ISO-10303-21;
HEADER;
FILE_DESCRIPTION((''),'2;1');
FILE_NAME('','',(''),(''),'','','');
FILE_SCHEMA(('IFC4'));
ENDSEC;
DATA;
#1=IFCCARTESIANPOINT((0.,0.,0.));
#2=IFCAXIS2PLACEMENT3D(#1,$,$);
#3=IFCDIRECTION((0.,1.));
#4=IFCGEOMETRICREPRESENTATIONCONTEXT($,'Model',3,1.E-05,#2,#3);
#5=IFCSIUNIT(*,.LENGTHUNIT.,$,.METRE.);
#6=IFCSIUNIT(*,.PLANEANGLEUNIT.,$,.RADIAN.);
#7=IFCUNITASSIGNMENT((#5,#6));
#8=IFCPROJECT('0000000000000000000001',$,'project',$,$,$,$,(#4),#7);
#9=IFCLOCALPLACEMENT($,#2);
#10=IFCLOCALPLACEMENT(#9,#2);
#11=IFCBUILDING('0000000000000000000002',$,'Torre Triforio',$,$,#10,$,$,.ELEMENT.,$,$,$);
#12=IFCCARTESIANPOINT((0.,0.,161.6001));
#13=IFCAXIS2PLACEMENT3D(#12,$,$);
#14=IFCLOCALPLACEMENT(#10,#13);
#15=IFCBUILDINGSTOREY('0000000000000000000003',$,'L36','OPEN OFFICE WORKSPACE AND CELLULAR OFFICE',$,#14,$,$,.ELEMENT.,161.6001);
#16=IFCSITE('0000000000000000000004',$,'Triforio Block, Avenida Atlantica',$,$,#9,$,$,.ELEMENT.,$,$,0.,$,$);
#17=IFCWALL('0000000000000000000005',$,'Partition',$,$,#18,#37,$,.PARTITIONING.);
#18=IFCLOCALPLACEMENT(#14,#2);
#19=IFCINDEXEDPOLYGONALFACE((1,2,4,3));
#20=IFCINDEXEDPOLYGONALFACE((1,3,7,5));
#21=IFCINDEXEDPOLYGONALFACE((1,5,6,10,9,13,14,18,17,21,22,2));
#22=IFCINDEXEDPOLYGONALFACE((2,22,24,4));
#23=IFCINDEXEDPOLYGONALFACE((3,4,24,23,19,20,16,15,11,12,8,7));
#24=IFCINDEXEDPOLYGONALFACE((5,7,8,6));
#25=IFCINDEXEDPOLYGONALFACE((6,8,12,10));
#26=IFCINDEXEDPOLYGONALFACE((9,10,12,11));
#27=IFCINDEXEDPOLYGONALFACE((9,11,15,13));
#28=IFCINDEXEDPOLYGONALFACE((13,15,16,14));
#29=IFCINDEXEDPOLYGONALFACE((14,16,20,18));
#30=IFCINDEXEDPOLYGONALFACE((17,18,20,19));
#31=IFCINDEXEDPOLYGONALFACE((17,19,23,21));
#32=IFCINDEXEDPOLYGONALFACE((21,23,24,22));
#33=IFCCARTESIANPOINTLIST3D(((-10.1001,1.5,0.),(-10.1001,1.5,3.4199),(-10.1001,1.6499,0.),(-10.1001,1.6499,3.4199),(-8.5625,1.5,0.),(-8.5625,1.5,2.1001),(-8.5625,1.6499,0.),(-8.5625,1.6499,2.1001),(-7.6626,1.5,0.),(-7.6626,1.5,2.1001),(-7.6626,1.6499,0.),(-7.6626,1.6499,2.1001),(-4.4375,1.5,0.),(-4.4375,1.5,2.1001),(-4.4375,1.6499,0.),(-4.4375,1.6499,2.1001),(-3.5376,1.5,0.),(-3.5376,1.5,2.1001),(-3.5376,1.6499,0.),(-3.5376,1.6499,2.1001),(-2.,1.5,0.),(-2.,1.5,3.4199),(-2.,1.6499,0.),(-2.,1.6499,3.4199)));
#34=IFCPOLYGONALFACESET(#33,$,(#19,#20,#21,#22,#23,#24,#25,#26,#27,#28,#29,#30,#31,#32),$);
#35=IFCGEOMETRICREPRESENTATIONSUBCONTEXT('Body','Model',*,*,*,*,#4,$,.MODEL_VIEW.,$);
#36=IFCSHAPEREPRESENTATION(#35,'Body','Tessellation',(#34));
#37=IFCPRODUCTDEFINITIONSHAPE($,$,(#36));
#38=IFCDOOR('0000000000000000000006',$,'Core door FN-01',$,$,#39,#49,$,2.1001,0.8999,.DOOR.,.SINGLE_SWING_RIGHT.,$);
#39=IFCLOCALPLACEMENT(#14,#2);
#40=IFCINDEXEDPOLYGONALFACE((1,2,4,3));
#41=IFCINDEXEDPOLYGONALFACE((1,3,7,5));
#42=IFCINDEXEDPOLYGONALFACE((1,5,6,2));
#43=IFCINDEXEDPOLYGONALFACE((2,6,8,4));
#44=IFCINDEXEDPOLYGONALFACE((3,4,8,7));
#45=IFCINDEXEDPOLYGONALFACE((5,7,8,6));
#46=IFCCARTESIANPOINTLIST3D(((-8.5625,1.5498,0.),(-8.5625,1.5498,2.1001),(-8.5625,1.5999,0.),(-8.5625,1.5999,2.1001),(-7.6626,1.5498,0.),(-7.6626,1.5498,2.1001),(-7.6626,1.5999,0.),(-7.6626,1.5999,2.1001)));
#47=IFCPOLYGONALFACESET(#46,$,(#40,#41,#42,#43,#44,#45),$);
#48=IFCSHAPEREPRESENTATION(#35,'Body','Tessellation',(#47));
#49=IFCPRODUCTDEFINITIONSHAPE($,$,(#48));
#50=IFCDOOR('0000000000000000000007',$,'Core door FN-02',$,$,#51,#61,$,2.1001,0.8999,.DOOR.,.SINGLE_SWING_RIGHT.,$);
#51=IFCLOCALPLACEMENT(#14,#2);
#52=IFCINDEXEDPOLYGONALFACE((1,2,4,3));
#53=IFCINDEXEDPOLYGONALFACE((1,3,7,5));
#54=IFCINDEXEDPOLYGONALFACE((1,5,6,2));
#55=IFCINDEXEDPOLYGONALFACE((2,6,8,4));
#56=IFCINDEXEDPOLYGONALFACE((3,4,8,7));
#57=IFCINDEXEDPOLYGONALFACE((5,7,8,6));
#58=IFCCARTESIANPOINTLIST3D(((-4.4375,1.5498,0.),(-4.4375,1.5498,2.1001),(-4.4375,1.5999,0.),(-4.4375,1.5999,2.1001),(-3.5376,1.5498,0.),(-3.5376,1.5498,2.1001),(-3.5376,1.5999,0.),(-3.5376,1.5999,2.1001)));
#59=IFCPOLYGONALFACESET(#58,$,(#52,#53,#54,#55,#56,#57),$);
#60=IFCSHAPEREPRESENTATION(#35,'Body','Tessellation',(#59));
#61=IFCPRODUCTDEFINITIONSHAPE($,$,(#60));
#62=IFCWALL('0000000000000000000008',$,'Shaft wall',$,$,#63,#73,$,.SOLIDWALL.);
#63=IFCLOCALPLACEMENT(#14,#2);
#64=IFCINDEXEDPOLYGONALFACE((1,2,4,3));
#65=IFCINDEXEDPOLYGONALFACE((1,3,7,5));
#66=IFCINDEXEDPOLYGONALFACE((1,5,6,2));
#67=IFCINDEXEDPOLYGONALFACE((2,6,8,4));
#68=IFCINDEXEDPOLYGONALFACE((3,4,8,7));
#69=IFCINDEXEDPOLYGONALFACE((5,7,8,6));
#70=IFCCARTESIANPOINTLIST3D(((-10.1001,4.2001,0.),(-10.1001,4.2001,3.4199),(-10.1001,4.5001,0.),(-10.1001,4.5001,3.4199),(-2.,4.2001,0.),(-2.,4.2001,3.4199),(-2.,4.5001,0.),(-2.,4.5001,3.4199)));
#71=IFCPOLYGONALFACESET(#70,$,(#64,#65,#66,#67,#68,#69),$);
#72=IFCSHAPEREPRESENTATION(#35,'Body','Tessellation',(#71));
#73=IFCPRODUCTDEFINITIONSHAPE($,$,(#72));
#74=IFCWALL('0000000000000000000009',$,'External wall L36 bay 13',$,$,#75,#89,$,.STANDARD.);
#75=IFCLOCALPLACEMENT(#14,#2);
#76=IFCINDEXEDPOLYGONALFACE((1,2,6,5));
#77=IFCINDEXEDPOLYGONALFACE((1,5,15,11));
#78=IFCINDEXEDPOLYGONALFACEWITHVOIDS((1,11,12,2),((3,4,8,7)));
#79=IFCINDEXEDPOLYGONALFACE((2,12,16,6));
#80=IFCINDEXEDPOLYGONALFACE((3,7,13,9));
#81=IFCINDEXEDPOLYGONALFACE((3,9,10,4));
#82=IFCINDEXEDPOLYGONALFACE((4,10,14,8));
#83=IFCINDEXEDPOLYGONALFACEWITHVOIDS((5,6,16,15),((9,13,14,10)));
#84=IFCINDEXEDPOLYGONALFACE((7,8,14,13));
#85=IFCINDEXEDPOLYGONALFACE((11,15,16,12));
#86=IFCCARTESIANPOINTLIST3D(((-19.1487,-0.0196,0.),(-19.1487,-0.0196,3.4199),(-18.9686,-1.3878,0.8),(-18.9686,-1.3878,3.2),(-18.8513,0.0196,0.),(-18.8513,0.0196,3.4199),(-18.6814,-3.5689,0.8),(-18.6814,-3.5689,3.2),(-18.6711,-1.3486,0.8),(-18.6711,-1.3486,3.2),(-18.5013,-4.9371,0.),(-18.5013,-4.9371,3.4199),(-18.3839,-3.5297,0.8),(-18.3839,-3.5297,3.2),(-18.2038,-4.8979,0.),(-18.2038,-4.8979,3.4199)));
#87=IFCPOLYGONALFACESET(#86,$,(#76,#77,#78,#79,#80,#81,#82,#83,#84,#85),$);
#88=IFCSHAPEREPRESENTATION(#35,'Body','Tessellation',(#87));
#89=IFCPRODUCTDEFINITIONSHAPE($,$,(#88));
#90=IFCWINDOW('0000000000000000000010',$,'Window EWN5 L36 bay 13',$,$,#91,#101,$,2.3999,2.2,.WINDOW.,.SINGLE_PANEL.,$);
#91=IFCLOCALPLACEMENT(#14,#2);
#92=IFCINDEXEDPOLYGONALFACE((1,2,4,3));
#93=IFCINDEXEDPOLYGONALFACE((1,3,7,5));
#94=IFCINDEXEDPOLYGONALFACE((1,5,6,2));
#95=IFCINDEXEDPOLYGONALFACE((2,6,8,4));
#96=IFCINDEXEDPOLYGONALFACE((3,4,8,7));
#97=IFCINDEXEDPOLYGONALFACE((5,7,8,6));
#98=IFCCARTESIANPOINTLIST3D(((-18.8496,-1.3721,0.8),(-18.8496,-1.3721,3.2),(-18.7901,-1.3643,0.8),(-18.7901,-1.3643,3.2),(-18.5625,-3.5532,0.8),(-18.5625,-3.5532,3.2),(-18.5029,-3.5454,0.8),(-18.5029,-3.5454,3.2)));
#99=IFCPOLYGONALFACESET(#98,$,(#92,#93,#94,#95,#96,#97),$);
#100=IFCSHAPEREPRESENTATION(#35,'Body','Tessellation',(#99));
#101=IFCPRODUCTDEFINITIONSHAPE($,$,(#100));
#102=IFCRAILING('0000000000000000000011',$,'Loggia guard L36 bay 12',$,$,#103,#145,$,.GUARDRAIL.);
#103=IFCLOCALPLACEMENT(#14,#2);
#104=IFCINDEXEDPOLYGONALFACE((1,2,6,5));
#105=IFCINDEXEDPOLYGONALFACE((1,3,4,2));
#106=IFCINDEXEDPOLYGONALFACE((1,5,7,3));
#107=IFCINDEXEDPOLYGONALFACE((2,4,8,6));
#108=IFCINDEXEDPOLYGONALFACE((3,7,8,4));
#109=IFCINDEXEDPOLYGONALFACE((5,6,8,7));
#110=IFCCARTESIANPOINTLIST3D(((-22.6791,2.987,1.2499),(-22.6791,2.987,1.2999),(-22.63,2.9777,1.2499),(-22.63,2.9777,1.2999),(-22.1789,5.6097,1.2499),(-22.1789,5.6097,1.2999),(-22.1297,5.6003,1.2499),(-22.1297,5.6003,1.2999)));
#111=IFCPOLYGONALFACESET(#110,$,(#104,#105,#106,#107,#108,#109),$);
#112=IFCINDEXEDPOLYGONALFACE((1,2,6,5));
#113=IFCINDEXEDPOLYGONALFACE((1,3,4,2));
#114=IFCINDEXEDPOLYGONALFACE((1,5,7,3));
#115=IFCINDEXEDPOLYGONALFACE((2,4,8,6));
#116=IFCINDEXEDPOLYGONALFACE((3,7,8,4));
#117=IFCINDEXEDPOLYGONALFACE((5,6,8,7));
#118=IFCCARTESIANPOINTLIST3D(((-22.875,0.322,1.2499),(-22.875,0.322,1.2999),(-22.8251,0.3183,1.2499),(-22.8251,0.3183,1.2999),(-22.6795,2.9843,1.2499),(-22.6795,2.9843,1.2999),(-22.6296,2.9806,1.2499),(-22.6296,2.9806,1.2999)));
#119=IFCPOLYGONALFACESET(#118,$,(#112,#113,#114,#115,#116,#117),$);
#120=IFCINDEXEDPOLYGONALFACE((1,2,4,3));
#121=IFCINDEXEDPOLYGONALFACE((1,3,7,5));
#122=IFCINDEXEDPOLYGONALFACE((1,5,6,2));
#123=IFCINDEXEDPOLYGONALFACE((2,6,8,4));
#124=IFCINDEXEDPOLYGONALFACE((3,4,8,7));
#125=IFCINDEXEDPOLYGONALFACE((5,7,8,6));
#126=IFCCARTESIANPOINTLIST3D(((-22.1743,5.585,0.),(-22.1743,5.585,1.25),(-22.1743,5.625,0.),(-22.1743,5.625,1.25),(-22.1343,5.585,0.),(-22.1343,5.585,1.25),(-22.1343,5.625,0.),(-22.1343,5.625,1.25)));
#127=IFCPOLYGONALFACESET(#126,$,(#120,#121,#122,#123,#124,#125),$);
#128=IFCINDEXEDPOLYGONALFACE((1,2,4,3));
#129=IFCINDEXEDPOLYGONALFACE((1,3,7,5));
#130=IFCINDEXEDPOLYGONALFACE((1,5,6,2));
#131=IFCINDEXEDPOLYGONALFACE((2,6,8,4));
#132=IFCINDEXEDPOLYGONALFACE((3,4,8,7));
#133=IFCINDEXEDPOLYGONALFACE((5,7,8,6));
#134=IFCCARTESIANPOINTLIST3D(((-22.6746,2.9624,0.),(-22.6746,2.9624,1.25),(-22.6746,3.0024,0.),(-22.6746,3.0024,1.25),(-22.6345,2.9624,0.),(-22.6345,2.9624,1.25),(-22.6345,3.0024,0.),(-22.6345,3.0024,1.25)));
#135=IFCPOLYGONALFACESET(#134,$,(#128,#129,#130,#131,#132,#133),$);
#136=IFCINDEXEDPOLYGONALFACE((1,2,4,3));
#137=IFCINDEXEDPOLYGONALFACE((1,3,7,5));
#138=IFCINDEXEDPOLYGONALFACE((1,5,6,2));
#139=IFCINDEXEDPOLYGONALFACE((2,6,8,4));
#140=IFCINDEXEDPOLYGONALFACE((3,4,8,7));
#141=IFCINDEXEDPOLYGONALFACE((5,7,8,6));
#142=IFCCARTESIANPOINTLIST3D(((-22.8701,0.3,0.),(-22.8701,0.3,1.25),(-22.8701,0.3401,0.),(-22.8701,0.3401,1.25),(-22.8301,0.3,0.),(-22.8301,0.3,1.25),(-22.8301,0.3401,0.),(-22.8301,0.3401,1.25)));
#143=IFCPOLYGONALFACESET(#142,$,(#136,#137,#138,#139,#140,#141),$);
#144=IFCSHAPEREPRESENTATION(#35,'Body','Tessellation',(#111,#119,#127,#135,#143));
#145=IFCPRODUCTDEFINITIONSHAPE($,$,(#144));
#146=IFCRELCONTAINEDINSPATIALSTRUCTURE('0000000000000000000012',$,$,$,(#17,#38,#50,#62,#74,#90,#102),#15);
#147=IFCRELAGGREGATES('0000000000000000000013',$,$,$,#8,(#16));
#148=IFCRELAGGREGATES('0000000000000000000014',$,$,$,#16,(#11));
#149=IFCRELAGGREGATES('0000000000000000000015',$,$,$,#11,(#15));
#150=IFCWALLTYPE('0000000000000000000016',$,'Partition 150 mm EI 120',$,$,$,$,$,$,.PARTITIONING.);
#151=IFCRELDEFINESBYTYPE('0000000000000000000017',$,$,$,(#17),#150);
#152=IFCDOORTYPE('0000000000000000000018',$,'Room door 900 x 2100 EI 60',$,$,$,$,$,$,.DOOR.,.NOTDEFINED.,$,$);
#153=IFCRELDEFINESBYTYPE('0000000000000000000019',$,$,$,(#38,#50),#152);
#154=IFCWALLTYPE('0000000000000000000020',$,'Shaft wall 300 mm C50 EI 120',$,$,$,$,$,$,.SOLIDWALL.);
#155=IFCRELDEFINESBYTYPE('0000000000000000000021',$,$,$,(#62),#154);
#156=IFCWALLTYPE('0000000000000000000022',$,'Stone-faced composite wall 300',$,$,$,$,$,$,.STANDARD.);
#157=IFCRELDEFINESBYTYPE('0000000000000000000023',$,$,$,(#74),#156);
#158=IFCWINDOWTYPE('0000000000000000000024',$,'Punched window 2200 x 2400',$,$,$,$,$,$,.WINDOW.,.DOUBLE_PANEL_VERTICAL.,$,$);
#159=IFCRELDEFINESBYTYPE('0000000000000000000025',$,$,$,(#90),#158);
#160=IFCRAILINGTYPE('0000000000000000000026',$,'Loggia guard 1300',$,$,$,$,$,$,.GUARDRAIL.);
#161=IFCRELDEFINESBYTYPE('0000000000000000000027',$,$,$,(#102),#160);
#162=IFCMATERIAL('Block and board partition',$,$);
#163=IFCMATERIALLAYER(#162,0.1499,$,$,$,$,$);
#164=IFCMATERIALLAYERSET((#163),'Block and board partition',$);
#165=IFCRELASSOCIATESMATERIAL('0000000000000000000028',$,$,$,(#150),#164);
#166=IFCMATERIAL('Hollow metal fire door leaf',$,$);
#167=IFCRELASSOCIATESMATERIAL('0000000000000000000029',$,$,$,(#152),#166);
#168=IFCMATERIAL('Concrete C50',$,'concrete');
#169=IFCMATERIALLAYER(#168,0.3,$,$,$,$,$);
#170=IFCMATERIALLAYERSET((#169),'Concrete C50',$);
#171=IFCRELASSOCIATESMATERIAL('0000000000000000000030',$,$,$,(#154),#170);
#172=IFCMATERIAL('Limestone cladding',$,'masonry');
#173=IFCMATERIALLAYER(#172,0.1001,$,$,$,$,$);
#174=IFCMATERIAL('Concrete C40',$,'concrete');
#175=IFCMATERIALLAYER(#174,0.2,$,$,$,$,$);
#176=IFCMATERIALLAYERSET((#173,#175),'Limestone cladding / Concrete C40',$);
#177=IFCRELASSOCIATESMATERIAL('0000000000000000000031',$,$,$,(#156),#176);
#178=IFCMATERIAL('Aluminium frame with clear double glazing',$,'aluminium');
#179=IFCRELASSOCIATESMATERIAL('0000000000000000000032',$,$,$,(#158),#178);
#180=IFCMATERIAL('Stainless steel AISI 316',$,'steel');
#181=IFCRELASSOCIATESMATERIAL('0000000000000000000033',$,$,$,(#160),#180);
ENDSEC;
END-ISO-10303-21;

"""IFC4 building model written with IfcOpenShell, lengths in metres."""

from ifc_helpers import new_model, si_unit, direction, frame, frame_2d, origin, origin_2d, place, context, subcontext, project, spatial, rectangle, extrude, material, layer, layer_set, type_object, element, fill, save


model = new_model("IFC4")

# Units and contexts
model_context = context("Model", 3, precision=1e-05, world=origin(), true_north=direction((0.0, 1.0)))
body_context = subcontext(model_context, "Body", "Model", "MODEL_VIEW")
ifc_project = project(units=[si_unit("LENGTHUNIT", "METRE"), si_unit("PLANEANGLEUNIT", "RADIAN")], contexts=[model_context])

# Site, building, storey
site_placement = place(None, origin())
site = spatial("IfcSite", under=ifc_project, at=site_placement, Name="Triforio Block, Avenida Atlantica", CompositionType="ELEMENT", RefElevation=0.0)
building_placement = place(site_placement, origin())
building = spatial("IfcBuilding", under=site, at=building_placement, Name="Torre Triforio", CompositionType="ELEMENT")
storey_placement = place(building_placement, frame((0.0, 0.0, 161.6001)))
storey = spatial("IfcBuildingStorey", under=building, at=storey_placement, Name="L36", Description="OPEN OFFICE WORKSPACE AND CELLULAR OFFICE", CompositionType="ELEMENT", Elevation=161.6001)

# Shared definitions
ifc_material_1 = material(Name="Concrete C50", Category="concrete")

# Shared definitions
ifc_material_2 = material(Name="Concrete C40", Category="concrete")

# Shared definitions
ifc_material_3 = material(Name="Hollow metal fire door leaf")

# Wall, openings, doors
ifc_material_4 = material(Name="Block and board partition")
ifc_layer_1 = layer(ifc_material_4, 0.1499)
ifc_layer_set_1 = layer_set([ifc_layer_1], Name="Block and board partition")
wall_type_1 = type_object("IfcWallType", Name="Partition 150 mm EI 120", PredefinedType="PARTITIONING", material=ifc_layer_set_1)
wall_1_placement = place(storey_placement, frame((-10.1001, 1.575, 0.0), z_axis=(0.0, 0.0, 1.0), x_axis=(1.0, 0.0, 0.0)))
wall_1 = element("IfcWall", 1, at=wall_1_placement, inside=storey, type_object=wall_type_1, Name="Partition", PredefinedType="PARTITIONING", context=body_context, shape_type="SweptSolid", body=[
    extrude(rectangle(XDim=8.1001, YDim=0.1499, at=frame_2d((4.05, 0.0))), origin(), (0.0, 0.0, 1.0), 3.4199),
])
opening_1_placement = place(wall_1_placement, frame((1.5376, 0.0, 0.0)))
opening_1 = element("IfcOpeningElement", 2, at=opening_1_placement, cuts=wall_1, PredefinedType="OPENING", context=body_context, shape_type="SweptSolid", body=[
    extrude(rectangle(XDim=0.8999, YDim=2.1001, at=frame_2d((0.45, 1.05))), frame((0.0, 0.085, 0.0), z_axis=(0.0, -1.0, 0.0), x_axis=(1.0, 0.0, 0.0)), (0.0, 0.0, 1.0), 0.1699),
])
opening_2_placement = place(wall_1_placement, frame((5.6626, 0.0, 0.0)))
opening_2 = element("IfcOpeningElement", 3, at=opening_2_placement, cuts=wall_1, PredefinedType="OPENING", context=body_context, shape_type="SweptSolid", body=[
    extrude(rectangle(XDim=0.8999, YDim=2.1001, at=frame_2d((0.45, 1.05))), frame((0.0, 0.085, 0.0), z_axis=(0.0, -1.0, 0.0), x_axis=(1.0, 0.0, 0.0)), (0.0, 0.0, 1.0), 0.1699),
])
door_type_1 = type_object("IfcDoorType", Name="Room door 900 x 2100 EI 60", OperationType="NOTDEFINED", PredefinedType="DOOR", material=ifc_material_3)
door_1_placement = place(opening_1_placement, origin())
door_1 = element("IfcDoor", 4, at=door_1_placement, inside=storey, type_object=door_type_1, Name="Core door FN-01", OperationType="SINGLE_SWING_RIGHT", OverallHeight=2.1001, OverallWidth=0.8999, PredefinedType="DOOR", context=body_context, shape_type="SweptSolid", body=[
    extrude(rectangle(XDim=0.8999, YDim=2.1001, at=frame_2d((0.45, 1.05))), frame((0.0, 0.0249, 0.0), z_axis=(0.0, -1.0, 0.0), x_axis=(1.0, 0.0, 0.0)), (0.0, 0.0, 1.0), 0.05),
])
fill(opening_1, door_1)
door_2_placement = place(opening_2_placement, origin())
door_2 = element("IfcDoor", 5, at=door_2_placement, inside=storey, type_object=door_type_1, Name="Core door FN-02", OperationType="SINGLE_SWING_RIGHT", OverallHeight=2.1001, OverallWidth=0.8999, PredefinedType="DOOR", context=body_context, shape_type="SweptSolid", body=[
    extrude(rectangle(XDim=0.8999, YDim=2.1001, at=frame_2d((0.45, 1.05))), frame((0.0, 0.0249, 0.0), z_axis=(0.0, -1.0, 0.0), x_axis=(1.0, 0.0, 0.0)), (0.0, 0.0, 1.0), 0.05),
])
fill(opening_2, door_2)

# Wall
ifc_layer_2 = layer(ifc_material_1, 0.3)
ifc_layer_set_2 = layer_set([ifc_layer_2], Name="Concrete C50")
wall_type_2 = type_object("IfcWallType", Name="Shaft wall 300 mm C50 EI 120", PredefinedType="SOLIDWALL", material=ifc_layer_set_2)
wall_2_placement = place(storey_placement, frame((-10.1001, 4.3501, 0.0), z_axis=(0.0, 0.0, 1.0), x_axis=(1.0, 0.0, 0.0)))
element("IfcWall", 6, at=wall_2_placement, inside=storey, type_object=wall_type_2, Name="Shaft wall", PredefinedType="SOLIDWALL", context=body_context, shape_type="SweptSolid", body=[
    extrude(rectangle(XDim=8.1001, YDim=0.3, at=frame_2d((4.05, 0.0))), origin(), (0.0, 0.0, 1.0), 3.4199),
])

# Shared definitions
ifc_material_5 = material(Name="Limestone cladding", Category="masonry")
ifc_layer_3 = layer(ifc_material_5, 0.1001)
ifc_layer_4 = layer(ifc_material_2, 0.2)
ifc_layer_set_3 = layer_set([ifc_layer_3, ifc_layer_4], Name="Limestone cladding / Concrete C40")
wall_type_3 = type_object("IfcWallType", Name="Stone-faced composite wall 300", PredefinedType="STANDARD", material=ifc_layer_set_3)
ifc_material_6 = material(Name="Aluminium frame with clear double glazing", Category="aluminium")

# Wall, opening, window
wall_3_placement = place(storey_placement, frame((-19.0, 0.0, 0.0), z_axis=(0.0, 0.0, 1.0), x_axis=(0.130539, -0.991443, 0.0)))
wall_3 = element("IfcWall", 7, at=wall_3_placement, inside=storey, type_object=wall_type_3, Name="External wall L36 bay 13", PredefinedType="STANDARD", context=body_context, shape_type="SweptSolid", body=[
    extrude(rectangle(XDim=4.96, YDim=0.3, at=frame_2d((2.48, 0.0))), origin(), (0.0, 0.0, 1.0), 3.4199),
])
opening_3_placement = place(wall_3_placement, frame((1.3799, 0.0, 0.8)))
opening_3 = element("IfcOpeningElement", 8, at=opening_3_placement, cuts=wall_3, PredefinedType="OPENING", context=body_context, shape_type="SweptSolid", body=[
    extrude(rectangle(XDim=2.2, YDim=2.3999, at=frame_2d((1.1001, 1.2))), frame((0.0, 0.1599, 0.0), z_axis=(0.0, -1.0, 0.0), x_axis=(1.0, 0.0, 0.0)), (0.0, 0.0, 1.0), 0.3201),
])
window_type_1 = type_object("IfcWindowType", Name="Punched window 2200 x 2400", PartitioningType="DOUBLE_PANEL_VERTICAL", PredefinedType="WINDOW", material=ifc_material_6)
window_1_placement = place(opening_3_placement, origin())
window_1 = element("IfcWindow", 9, at=window_1_placement, inside=storey, type_object=window_type_1, Name="Window EWN5 L36 bay 13", OverallHeight=2.3999, OverallWidth=2.2, PartitioningType="SINGLE_PANEL", PredefinedType="WINDOW", context=body_context, shape_type="SweptSolid", body=[
    extrude(rectangle(XDim=2.2, YDim=2.3999, at=frame_2d((1.1001, 1.2))), frame((0.0, 0.03, 0.0), z_axis=(0.0, -1.0, 0.0), x_axis=(1.0, 0.0, 0.0)), (0.0, 0.0, 1.0), 0.0601),
])
fill(opening_3, window_1)

# Railing
ifc_material_7 = material(Name="Stainless steel AISI 316", Category="steel")
railing_type = type_object("IfcRailingType", Name="Loggia guard 1300", PredefinedType="GUARDRAIL", material=ifc_material_7)
railing_placement = place(storey_placement, frame((-22.1543, 5.605, 0.0)))
element("IfcRailing", 10, at=railing_placement, inside=storey, type_object=railing_type, Name="Loggia guard L36 bay 12", PredefinedType="GUARDRAIL", context=body_context, shape_type="SweptSolid", body=[
    extrude(rectangle(XDim=0.05, YDim=0.05, at=origin_2d()), frame((0.0, 0.0, 1.2749), z_axis=(-0.187368, -0.98229, 0.0), x_axis=(0.98229, -0.187368, 0.0)), (0.0, 0.0, 1.0), 2.6699),
    extrude(rectangle(XDim=0.05, YDim=0.05, at=origin_2d()), frame((-0.5002, -2.6226, 1.2749), z_axis=(-0.073255, -0.997313, 0.0), x_axis=(0.997313, -0.073255, 0.0)), (0.0, 0.0, 1.0), 2.6694),
    extrude(rectangle(XDim=0.04, YDim=0.04, at=origin_2d()), origin(), (0.0, 0.0, 1.0), 1.25),
    extrude(rectangle(XDim=0.04, YDim=0.04, at=origin_2d()), frame((-0.5002, -2.6226, 0.0)), (0.0, 0.0, 1.0), 1.25),
    extrude(rectangle(XDim=0.04, YDim=0.04, at=origin_2d()), frame((-0.6958, -5.2849, 0.0)), (0.0, 0.0, 1.0), 1.25),
])

save(model, "model.ifc")
